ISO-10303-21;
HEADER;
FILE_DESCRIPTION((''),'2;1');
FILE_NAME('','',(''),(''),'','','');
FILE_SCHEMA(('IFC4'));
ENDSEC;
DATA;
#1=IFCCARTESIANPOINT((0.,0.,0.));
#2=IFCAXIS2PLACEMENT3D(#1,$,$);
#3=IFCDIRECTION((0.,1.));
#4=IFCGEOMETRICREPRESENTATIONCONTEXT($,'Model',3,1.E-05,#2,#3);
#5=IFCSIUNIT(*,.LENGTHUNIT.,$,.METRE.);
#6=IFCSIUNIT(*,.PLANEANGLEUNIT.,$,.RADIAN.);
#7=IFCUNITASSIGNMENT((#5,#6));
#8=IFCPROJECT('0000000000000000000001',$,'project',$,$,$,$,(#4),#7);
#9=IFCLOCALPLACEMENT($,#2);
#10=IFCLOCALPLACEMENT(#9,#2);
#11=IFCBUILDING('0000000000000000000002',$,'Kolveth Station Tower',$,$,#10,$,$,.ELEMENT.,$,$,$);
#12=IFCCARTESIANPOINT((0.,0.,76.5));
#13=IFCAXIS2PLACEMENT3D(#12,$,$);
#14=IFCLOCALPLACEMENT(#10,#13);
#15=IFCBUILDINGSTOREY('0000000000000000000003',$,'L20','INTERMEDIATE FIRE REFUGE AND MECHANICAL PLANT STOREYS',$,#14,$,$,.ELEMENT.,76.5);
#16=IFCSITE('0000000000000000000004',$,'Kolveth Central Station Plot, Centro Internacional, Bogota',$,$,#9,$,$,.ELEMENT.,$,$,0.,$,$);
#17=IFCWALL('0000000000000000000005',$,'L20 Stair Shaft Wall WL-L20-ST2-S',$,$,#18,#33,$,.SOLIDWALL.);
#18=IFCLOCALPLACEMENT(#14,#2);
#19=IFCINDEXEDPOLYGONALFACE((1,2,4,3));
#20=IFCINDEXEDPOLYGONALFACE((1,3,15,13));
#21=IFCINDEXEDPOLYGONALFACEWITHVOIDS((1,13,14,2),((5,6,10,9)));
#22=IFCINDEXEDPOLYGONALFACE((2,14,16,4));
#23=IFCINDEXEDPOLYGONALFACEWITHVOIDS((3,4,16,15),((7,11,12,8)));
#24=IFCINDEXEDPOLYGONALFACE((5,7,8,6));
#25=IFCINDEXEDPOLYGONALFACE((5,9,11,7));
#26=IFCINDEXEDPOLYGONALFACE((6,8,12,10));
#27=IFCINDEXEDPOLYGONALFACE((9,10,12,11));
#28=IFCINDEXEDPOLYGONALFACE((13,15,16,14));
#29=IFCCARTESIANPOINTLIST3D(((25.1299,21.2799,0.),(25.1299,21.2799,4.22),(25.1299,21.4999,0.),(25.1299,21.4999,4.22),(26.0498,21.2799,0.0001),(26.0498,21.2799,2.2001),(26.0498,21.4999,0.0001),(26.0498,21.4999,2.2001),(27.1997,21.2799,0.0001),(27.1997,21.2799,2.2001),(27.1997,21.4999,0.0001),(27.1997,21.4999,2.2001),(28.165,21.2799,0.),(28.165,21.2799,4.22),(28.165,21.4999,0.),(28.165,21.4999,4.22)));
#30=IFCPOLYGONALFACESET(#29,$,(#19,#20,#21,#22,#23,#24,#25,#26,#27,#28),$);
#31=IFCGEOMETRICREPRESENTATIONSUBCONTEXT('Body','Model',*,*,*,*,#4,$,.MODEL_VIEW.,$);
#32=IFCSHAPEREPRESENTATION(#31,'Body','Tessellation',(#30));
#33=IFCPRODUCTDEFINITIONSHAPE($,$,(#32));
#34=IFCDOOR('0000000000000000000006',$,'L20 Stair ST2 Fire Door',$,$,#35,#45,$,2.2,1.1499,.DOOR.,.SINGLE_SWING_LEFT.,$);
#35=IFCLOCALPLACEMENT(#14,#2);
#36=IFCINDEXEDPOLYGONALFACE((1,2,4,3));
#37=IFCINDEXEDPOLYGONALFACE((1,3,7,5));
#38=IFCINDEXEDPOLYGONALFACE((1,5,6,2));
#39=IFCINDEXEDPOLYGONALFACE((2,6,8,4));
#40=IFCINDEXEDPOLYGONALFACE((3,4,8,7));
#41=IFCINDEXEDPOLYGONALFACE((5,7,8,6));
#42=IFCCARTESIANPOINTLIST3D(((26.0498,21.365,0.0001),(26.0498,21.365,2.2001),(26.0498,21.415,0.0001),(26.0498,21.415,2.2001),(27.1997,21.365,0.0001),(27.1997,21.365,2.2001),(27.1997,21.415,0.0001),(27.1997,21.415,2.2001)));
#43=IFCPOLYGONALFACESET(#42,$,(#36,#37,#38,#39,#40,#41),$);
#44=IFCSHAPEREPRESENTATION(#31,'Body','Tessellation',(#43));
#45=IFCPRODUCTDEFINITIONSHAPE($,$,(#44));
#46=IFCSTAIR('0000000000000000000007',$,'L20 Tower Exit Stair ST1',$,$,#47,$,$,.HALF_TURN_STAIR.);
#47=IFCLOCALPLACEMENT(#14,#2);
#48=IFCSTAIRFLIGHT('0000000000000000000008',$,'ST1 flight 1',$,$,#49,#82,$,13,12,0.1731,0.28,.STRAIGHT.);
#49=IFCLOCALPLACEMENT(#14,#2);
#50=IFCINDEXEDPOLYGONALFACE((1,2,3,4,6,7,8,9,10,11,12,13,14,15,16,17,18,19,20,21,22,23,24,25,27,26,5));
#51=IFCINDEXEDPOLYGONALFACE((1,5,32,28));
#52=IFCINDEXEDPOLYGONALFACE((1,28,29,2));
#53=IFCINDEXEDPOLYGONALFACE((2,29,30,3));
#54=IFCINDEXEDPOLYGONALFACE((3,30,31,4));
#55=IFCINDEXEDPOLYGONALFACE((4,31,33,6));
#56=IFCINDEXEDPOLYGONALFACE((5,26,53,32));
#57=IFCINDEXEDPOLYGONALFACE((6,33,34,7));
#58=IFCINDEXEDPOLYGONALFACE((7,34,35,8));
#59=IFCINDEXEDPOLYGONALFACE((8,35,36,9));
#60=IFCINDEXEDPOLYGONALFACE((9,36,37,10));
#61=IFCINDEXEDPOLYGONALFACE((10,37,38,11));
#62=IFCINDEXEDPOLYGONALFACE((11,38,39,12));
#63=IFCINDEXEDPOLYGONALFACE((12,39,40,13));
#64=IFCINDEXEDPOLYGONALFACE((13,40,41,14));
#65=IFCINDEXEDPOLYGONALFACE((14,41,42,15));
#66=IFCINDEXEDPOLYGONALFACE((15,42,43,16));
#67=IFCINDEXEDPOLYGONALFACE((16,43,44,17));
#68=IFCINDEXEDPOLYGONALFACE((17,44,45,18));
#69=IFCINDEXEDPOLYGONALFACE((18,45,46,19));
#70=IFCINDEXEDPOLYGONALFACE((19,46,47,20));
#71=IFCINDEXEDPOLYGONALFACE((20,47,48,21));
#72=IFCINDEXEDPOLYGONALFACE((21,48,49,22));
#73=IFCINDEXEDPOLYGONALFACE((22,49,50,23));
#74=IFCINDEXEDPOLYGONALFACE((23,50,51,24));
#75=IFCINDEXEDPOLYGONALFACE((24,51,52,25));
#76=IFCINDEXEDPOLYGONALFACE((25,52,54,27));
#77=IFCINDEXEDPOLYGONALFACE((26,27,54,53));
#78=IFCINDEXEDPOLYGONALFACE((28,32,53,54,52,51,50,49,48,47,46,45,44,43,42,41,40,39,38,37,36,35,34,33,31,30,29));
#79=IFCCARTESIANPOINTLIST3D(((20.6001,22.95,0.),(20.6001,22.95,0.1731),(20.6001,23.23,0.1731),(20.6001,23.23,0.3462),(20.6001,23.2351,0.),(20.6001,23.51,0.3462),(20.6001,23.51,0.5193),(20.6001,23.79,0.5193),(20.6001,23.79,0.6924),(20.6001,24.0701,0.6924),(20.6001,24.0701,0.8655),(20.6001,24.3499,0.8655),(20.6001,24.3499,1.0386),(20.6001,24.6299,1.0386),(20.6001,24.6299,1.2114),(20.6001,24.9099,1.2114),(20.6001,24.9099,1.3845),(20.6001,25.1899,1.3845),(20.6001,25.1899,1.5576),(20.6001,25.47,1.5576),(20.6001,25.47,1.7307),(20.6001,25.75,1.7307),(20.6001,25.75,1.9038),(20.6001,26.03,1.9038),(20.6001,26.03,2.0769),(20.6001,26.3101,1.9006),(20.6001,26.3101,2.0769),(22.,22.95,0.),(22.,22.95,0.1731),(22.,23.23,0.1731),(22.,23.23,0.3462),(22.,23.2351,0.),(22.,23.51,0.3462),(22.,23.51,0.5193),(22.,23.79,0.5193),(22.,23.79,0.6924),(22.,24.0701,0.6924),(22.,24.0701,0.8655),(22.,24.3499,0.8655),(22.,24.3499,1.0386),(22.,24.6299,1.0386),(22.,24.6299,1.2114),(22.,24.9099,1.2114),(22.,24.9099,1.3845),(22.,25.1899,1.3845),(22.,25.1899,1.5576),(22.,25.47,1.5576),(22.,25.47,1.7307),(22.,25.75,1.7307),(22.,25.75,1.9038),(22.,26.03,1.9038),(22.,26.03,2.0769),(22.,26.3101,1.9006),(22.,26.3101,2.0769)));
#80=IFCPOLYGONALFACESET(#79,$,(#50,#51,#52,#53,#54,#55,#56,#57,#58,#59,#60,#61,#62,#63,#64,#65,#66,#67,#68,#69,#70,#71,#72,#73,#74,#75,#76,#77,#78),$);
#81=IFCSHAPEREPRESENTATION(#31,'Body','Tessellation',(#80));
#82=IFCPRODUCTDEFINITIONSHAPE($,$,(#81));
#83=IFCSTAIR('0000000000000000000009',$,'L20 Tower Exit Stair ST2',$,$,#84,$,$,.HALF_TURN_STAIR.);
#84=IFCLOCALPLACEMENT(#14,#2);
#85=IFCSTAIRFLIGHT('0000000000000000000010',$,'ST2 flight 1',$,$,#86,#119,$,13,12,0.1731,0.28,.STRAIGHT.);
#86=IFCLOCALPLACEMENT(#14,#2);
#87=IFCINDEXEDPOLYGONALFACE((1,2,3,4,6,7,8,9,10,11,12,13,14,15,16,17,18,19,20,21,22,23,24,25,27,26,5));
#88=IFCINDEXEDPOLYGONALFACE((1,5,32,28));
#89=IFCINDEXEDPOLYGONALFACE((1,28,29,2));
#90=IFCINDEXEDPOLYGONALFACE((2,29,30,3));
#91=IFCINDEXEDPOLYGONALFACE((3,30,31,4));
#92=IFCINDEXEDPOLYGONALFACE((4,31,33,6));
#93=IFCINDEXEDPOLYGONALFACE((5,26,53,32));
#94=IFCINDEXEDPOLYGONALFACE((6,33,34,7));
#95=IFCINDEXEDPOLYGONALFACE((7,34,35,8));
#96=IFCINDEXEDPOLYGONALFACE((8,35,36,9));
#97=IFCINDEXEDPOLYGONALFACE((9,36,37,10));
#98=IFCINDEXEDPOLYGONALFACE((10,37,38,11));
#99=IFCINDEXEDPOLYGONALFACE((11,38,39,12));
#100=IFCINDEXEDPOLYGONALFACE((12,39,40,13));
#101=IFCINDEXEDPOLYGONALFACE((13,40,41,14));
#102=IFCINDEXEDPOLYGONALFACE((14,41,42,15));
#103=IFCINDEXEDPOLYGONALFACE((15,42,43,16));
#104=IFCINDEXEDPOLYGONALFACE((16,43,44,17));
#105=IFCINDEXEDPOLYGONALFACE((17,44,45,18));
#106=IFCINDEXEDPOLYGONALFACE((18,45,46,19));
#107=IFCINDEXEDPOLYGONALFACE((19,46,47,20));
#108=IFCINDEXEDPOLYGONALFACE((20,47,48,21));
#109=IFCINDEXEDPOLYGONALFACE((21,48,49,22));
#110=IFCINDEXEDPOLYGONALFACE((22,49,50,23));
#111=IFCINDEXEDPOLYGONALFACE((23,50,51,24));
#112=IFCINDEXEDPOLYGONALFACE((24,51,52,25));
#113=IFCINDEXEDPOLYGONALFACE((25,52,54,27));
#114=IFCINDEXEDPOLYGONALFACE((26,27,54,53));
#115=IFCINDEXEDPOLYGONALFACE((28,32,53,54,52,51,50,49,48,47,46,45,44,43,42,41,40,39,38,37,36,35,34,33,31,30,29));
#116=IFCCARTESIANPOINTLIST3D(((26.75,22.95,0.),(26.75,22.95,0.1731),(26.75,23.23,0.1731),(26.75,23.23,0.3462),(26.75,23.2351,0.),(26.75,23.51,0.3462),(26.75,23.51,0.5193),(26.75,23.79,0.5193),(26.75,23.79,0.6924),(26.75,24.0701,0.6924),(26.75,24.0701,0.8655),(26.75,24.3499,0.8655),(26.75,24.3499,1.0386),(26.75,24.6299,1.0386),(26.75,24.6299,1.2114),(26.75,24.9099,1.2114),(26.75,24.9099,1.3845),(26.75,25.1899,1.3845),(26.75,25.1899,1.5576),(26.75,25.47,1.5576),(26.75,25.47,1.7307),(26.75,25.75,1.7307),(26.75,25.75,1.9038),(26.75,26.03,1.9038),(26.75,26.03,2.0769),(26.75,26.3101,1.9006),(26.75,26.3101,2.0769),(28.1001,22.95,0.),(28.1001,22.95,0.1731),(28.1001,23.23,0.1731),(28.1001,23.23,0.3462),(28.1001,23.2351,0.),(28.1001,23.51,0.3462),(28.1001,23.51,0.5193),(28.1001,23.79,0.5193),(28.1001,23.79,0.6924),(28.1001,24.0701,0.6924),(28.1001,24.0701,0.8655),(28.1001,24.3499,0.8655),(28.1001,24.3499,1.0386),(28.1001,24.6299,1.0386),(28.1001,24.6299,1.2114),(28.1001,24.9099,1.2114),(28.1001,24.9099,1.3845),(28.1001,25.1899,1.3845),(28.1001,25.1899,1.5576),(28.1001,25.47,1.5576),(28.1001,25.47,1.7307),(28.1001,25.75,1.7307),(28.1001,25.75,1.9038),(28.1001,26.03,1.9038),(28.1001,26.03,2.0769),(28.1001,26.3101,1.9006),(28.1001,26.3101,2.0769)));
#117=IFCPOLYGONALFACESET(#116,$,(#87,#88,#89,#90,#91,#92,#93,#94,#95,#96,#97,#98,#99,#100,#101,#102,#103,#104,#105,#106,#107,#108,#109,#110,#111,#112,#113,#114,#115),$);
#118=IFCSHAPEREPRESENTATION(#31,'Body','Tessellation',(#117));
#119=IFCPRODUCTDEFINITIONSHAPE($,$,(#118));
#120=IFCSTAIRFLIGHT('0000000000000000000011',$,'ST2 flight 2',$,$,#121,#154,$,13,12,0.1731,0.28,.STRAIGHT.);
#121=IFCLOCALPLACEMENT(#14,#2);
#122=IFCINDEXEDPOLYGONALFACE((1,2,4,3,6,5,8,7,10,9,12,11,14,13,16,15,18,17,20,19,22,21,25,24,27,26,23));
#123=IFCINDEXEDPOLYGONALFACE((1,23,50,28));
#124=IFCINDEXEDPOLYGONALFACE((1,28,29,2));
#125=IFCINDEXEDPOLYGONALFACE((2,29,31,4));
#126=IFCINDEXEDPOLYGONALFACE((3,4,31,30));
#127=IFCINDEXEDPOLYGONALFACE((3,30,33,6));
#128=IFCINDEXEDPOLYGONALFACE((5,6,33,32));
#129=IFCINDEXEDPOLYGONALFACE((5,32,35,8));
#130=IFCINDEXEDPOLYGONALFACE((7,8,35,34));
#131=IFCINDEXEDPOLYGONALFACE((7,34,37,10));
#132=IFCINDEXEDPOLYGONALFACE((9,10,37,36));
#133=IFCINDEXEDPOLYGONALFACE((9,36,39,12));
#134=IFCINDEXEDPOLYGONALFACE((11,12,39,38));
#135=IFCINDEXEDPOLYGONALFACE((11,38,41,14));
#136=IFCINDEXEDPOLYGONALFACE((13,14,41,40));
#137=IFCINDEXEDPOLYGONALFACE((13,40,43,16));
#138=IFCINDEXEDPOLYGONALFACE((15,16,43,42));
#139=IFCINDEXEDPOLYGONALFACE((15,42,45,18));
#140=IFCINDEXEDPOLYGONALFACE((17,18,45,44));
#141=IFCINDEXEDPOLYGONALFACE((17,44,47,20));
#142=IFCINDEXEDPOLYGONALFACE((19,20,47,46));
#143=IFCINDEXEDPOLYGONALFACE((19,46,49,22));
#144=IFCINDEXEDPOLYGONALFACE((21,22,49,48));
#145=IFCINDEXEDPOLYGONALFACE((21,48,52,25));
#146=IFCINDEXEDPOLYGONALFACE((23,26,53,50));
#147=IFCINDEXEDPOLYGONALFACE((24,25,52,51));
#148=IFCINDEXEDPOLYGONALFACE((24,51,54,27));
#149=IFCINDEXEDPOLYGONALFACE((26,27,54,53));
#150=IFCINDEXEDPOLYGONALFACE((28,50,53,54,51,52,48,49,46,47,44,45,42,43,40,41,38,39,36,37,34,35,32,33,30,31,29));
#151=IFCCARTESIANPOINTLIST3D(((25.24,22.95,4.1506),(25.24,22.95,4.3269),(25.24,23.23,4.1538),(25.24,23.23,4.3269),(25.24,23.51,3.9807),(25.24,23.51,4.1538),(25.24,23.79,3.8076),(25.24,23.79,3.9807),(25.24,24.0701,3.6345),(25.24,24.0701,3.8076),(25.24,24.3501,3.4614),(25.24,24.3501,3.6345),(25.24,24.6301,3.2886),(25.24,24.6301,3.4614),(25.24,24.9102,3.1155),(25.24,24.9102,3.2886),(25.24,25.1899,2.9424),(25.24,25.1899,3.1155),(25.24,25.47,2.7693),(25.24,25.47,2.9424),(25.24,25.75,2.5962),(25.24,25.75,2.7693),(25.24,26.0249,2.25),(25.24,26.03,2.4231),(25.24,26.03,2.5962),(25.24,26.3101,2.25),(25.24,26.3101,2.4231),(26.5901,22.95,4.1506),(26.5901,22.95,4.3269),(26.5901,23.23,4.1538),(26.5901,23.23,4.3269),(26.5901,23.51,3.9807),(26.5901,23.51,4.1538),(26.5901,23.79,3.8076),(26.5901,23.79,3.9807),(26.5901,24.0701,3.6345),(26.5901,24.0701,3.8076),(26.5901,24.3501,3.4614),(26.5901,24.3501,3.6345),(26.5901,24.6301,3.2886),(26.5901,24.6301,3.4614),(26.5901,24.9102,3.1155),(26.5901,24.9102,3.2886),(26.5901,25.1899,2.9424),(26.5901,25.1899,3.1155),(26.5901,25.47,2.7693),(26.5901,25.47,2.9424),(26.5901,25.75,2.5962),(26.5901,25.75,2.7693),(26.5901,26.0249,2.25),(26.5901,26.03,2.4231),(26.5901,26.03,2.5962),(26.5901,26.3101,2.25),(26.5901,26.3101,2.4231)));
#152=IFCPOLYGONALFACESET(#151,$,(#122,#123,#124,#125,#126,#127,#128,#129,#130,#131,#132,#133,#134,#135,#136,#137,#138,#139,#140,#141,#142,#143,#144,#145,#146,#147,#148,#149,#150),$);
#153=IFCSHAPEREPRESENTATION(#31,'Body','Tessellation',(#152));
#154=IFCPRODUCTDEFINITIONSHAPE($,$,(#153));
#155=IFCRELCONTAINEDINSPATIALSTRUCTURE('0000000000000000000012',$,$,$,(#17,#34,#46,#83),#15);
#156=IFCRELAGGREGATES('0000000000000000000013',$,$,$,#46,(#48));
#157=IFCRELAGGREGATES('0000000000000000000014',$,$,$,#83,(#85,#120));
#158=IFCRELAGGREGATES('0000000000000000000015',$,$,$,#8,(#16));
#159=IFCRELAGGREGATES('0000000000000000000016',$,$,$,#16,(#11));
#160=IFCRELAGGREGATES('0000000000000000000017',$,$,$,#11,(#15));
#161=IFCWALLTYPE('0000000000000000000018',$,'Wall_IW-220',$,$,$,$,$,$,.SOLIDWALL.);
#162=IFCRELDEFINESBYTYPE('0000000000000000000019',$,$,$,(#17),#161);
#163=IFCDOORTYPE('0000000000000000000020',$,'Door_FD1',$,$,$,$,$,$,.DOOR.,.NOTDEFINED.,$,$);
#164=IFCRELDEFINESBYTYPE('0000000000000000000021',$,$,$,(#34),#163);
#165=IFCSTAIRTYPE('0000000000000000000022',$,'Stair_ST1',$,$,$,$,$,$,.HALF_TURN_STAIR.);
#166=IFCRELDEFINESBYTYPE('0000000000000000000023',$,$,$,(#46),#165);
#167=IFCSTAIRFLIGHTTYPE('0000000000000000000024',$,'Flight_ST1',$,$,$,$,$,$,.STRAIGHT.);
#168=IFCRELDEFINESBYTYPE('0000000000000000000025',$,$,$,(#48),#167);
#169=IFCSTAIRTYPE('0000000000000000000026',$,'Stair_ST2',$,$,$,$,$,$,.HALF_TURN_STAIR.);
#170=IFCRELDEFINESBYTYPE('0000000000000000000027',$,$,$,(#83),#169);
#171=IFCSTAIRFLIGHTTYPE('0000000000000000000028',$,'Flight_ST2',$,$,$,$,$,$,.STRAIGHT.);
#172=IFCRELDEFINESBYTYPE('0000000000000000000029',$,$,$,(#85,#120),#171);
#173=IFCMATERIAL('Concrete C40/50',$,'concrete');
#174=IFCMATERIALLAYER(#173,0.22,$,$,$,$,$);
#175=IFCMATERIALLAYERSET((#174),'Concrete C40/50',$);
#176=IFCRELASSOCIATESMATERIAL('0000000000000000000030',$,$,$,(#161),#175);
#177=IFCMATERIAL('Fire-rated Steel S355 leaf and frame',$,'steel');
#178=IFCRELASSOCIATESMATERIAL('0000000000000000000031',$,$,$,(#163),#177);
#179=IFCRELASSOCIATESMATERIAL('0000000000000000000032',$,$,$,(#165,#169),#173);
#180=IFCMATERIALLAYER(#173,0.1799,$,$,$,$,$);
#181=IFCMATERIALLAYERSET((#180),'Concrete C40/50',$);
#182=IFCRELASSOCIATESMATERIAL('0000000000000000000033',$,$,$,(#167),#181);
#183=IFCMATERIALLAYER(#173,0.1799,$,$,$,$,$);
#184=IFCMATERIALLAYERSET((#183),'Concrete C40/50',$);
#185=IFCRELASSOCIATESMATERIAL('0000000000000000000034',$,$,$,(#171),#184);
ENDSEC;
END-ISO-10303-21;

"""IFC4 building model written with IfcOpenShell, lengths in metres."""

from ifc_helpers import new_model, si_unit, direction, frame, frame_2d, origin, place, context, subcontext, project, spatial, polyline, rectangle, outline, extrude, material, layer, layer_set, type_object, element, fill, aggregate, save


model = new_model("IFC4")

# Units and contexts
model_context = context("Model", 3, precision=1e-05, world=origin(), true_north=direction((0.0, 1.0)))
body_context = subcontext(model_context, "Body", "Model", "MODEL_VIEW")
ifc_project = project(units=[si_unit("LENGTHUNIT", "METRE"), si_unit("PLANEANGLEUNIT", "RADIAN")], contexts=[model_context])

# Site, building, storey
site_placement = place(None, origin())
site = spatial("IfcSite", under=ifc_project, at=site_placement, Name="Kolveth Central Station Plot, Centro Internacional, Bogota", CompositionType="ELEMENT", RefElevation=0.0)
building_placement = place(site_placement, origin())
building = spatial("IfcBuilding", under=site, at=building_placement, Name="Kolveth Station Tower", CompositionType="ELEMENT")
storey_placement = place(building_placement, frame((0.0, 0.0, 76.5)))
storey = spatial("IfcBuildingStorey", under=building, at=storey_placement, Name="L20", Description="INTERMEDIATE FIRE REFUGE AND MECHANICAL PLANT STOREYS", CompositionType="ELEMENT", Elevation=76.5)

# Shared definitions
ifc_material_1 = material(Name="Concrete C40/50", Category="concrete")
ifc_layer_1 = layer(ifc_material_1, 0.22)
ifc_layer_set_1 = layer_set([ifc_layer_1], Name="Concrete C40/50")
wall_type_1 = type_object("IfcWallType", Name="Wall_IW-220", PredefinedType="SOLIDWALL", material=ifc_layer_set_1)

# Wall, opening, door
wall_1_placement = place(storey_placement, frame((25.1299, 21.3899, 0.0), z_axis=(0.0, 0.0, 1.0), x_axis=(1.0, 0.0, 0.0)))
wall_1 = element("IfcWall", 1, at=wall_1_placement, inside=storey, type_object=wall_type_1, Name="L20 Stair Shaft Wall WL-L20-ST2-S", PredefinedType="SOLIDWALL", context=body_context, shape_type="SweptSolid", body=[
    extrude(rectangle(XDim=3.0352, YDim=0.22, at=frame_2d((1.5176, 0.0))), origin(), (0.0, 0.0, 1.0), 4.22),
])
opening_placement = place(wall_1_placement, frame((0.9199, 0.0, 0.0)))
opening = element("IfcOpeningElement", 2, at=opening_placement, cuts=wall_1, PredefinedType="OPENING", context=body_context, shape_type="SweptSolid", body=[
    extrude(rectangle(XDim=1.1499, YDim=2.2, at=frame_2d((0.575, 1.1001))), frame((0.0, 0.1199, 0.0), z_axis=(0.0, -1.0, 0.0), x_axis=(1.0, 0.0, 0.0)), (0.0, 0.0, 1.0), 0.24),
])
ifc_material_2 = material(Name="Fire-rated Steel S355 leaf and frame", Category="steel")
door_type = type_object("IfcDoorType", Name="Door_FD1", OperationType="NOTDEFINED", PredefinedType="DOOR", material=ifc_material_2)
door_placement = place(opening_placement, frame((1.1499, 0.0, 0.0), z_axis=(0.0, 0.0, 1.0), x_axis=(-1.0, 0.0, 0.0)))
door = element("IfcDoor", 3, at=door_placement, inside=storey, type_object=door_type, Name="L20 Stair ST2 Fire Door", OperationType="SINGLE_SWING_LEFT", OverallHeight=2.2, OverallWidth=1.1499, PredefinedType="DOOR", context=body_context, shape_type="SweptSolid", body=[
    extrude(rectangle(XDim=1.1499, YDim=2.2, at=frame_2d((0.575, 1.1001))), frame((0.0, 0.0249, 0.0), z_axis=(0.0, -1.0, 0.0), x_axis=(1.0, 0.0, 0.0)), (0.0, 0.0, 1.0), 0.05),
])
fill(opening, door)

# Stair, stair flight
stair_type_1 = type_object("IfcStairType", Name="Stair_ST1", PredefinedType="HALF_TURN_STAIR", material=ifc_material_1)
stair_1_placement = place(storey_placement, origin())
stair_1 = element("IfcStair", 4, at=stair_1_placement, inside=storey, type_object=stair_type_1, Name="L20 Tower Exit Stair ST1", PredefinedType="HALF_TURN_STAIR")
ifc_layer_2 = layer(ifc_material_1, 0.1799)
ifc_layer_set_2 = layer_set([ifc_layer_2], Name="Concrete C40/50")
stair_flight_type_1 = type_object("IfcStairFlightType", Name="Flight_ST1", PredefinedType="STRAIGHT", material=ifc_layer_set_2)
stair_flight_1_placement = place(storey_placement, frame((21.3, 22.95, 0.0), z_axis=(0.0, 0.0, 1.0), x_axis=(0.0, 1.0, 0.0)))
stair_flight_1 = element("IfcStairFlight", 5, at=stair_flight_1_placement, type_object=stair_flight_type_1, Name="ST1 flight 1", NumberOfRisers=13, NumberOfTreads=12, PredefinedType="STRAIGHT", RiserHeight=0.1731, TreadLength=0.28, context=body_context, shape_type="SweptSolid", body=[
    extrude(outline(polyline([(0.0, 0.0), (0.0, 0.1731), (0.28, 0.1731), (0.28, 0.3462), (0.5601, 0.3462), (0.5601, 0.5193), (0.8401, 0.5193), (0.8401, 0.6924), (1.1201, 0.6924), (1.1201, 0.8655), (1.3999, 0.8655), (1.3999, 1.0386), (1.6799, 1.0386), (1.6799, 1.2114), (1.96, 1.2114), (1.96, 1.3845), (2.24, 1.3845), (2.24, 1.5576), (2.52, 1.5576), (2.52, 1.7307), (2.8, 1.7307), (2.8, 1.9038), (3.0801, 1.9038), (3.0801, 2.0769), (3.3601, 2.0769), (3.3601, 2.25), (3.3601, 1.9006), (0.2852, 0.0), (0.0, 0.0)])), frame((0.0, 0.7, 0.0), z_axis=(0.0, -1.0, 0.0), x_axis=(1.0, 0.0, 0.0)), (0.0, 0.0, 1.0), 1.3999),
])
aggregate(stair_1, [stair_flight_1])

# Stair, stair flights
stair_type_2 = type_object("IfcStairType", Name="Stair_ST2", PredefinedType="HALF_TURN_STAIR", material=ifc_material_1)
stair_2_placement = place(storey_placement, origin())
stair_2 = element("IfcStair", 6, at=stair_2_placement, inside=storey, type_object=stair_type_2, Name="L20 Tower Exit Stair ST2", PredefinedType="HALF_TURN_STAIR")
ifc_layer_3 = layer(ifc_material_1, 0.1799)
ifc_layer_set_3 = layer_set([ifc_layer_3], Name="Concrete C40/50")
stair_flight_type_2 = type_object("IfcStairFlightType", Name="Flight_ST2", PredefinedType="STRAIGHT", material=ifc_layer_set_3)
stair_flight_2_placement = place(storey_placement, frame((27.425, 22.95, 0.0), z_axis=(0.0, 0.0, 1.0), x_axis=(0.0, 1.0, 0.0)))
stair_flight_2 = element("IfcStairFlight", 7, at=stair_flight_2_placement, type_object=stair_flight_type_2, Name="ST2 flight 1", NumberOfRisers=13, NumberOfTreads=12, PredefinedType="STRAIGHT", RiserHeight=0.1731, TreadLength=0.28, context=body_context, shape_type="SweptSolid", body=[
    extrude(outline(polyline([(0.0, 0.0), (0.0, 0.1731), (0.28, 0.1731), (0.28, 0.3462), (0.5601, 0.3462), (0.5601, 0.5193), (0.8401, 0.5193), (0.8401, 0.6924), (1.1201, 0.6924), (1.1201, 0.8655), (1.3999, 0.8655), (1.3999, 1.0386), (1.6799, 1.0386), (1.6799, 1.2114), (1.96, 1.2114), (1.96, 1.3845), (2.24, 1.3845), (2.24, 1.5576), (2.52, 1.5576), (2.52, 1.7307), (2.8, 1.7307), (2.8, 1.9038), (3.0801, 1.9038), (3.0801, 2.0769), (3.3601, 2.0769), (3.3601, 2.25), (3.3601, 1.9006), (0.2852, 0.0), (0.0, 0.0)])), frame((0.0, 0.675, 0.0), z_axis=(0.0, -1.0, 0.0), x_axis=(1.0, 0.0, 0.0)), (0.0, 0.0, 1.0), 1.3501),
])
stair_flight_3_placement = place(storey_placement, frame((25.915, 26.3101, 2.25), z_axis=(0.0, 0.0, 1.0), x_axis=(0.0, -1.0, 0.0)))
stair_flight_3 = element("IfcStairFlight", 8, at=stair_flight_3_placement, type_object=stair_flight_type_2, Name="ST2 flight 2", NumberOfRisers=13, NumberOfTreads=12, PredefinedType="STRAIGHT", RiserHeight=0.1731, TreadLength=0.28, context=body_context, shape_type="SweptSolid", body=[
    extrude(outline(polyline([(0.0, 0.0), (0.0, 0.1731), (0.28, 0.1731), (0.28, 0.3462), (0.5601, 0.3462), (0.5601, 0.5193), (0.8401, 0.5193), (0.8401, 0.6924), (1.1201, 0.6924), (1.1201, 0.8655), (1.3999, 0.8655), (1.3999, 1.0386), (1.6799, 1.0386), (1.6799, 1.2114), (1.96, 1.2114), (1.96, 1.3845), (2.24, 1.3845), (2.24, 1.5576), (2.52, 1.5576), (2.52, 1.7307), (2.8, 1.7307), (2.8, 1.9038), (3.0801, 1.9038), (3.0801, 2.0769), (3.3601, 2.0769), (3.3601, 2.25), (3.3601, 1.9006), (0.2852, 0.0), (0.0, 0.0)])), frame((0.0, 0.675, 0.0), z_axis=(0.0, -1.0, 0.0), x_axis=(1.0, 0.0, 0.0)), (0.0, 0.0, 1.0), 1.3501),
])
aggregate(stair_2, [stair_flight_2, stair_flight_3])

save(model, "model.ifc")
